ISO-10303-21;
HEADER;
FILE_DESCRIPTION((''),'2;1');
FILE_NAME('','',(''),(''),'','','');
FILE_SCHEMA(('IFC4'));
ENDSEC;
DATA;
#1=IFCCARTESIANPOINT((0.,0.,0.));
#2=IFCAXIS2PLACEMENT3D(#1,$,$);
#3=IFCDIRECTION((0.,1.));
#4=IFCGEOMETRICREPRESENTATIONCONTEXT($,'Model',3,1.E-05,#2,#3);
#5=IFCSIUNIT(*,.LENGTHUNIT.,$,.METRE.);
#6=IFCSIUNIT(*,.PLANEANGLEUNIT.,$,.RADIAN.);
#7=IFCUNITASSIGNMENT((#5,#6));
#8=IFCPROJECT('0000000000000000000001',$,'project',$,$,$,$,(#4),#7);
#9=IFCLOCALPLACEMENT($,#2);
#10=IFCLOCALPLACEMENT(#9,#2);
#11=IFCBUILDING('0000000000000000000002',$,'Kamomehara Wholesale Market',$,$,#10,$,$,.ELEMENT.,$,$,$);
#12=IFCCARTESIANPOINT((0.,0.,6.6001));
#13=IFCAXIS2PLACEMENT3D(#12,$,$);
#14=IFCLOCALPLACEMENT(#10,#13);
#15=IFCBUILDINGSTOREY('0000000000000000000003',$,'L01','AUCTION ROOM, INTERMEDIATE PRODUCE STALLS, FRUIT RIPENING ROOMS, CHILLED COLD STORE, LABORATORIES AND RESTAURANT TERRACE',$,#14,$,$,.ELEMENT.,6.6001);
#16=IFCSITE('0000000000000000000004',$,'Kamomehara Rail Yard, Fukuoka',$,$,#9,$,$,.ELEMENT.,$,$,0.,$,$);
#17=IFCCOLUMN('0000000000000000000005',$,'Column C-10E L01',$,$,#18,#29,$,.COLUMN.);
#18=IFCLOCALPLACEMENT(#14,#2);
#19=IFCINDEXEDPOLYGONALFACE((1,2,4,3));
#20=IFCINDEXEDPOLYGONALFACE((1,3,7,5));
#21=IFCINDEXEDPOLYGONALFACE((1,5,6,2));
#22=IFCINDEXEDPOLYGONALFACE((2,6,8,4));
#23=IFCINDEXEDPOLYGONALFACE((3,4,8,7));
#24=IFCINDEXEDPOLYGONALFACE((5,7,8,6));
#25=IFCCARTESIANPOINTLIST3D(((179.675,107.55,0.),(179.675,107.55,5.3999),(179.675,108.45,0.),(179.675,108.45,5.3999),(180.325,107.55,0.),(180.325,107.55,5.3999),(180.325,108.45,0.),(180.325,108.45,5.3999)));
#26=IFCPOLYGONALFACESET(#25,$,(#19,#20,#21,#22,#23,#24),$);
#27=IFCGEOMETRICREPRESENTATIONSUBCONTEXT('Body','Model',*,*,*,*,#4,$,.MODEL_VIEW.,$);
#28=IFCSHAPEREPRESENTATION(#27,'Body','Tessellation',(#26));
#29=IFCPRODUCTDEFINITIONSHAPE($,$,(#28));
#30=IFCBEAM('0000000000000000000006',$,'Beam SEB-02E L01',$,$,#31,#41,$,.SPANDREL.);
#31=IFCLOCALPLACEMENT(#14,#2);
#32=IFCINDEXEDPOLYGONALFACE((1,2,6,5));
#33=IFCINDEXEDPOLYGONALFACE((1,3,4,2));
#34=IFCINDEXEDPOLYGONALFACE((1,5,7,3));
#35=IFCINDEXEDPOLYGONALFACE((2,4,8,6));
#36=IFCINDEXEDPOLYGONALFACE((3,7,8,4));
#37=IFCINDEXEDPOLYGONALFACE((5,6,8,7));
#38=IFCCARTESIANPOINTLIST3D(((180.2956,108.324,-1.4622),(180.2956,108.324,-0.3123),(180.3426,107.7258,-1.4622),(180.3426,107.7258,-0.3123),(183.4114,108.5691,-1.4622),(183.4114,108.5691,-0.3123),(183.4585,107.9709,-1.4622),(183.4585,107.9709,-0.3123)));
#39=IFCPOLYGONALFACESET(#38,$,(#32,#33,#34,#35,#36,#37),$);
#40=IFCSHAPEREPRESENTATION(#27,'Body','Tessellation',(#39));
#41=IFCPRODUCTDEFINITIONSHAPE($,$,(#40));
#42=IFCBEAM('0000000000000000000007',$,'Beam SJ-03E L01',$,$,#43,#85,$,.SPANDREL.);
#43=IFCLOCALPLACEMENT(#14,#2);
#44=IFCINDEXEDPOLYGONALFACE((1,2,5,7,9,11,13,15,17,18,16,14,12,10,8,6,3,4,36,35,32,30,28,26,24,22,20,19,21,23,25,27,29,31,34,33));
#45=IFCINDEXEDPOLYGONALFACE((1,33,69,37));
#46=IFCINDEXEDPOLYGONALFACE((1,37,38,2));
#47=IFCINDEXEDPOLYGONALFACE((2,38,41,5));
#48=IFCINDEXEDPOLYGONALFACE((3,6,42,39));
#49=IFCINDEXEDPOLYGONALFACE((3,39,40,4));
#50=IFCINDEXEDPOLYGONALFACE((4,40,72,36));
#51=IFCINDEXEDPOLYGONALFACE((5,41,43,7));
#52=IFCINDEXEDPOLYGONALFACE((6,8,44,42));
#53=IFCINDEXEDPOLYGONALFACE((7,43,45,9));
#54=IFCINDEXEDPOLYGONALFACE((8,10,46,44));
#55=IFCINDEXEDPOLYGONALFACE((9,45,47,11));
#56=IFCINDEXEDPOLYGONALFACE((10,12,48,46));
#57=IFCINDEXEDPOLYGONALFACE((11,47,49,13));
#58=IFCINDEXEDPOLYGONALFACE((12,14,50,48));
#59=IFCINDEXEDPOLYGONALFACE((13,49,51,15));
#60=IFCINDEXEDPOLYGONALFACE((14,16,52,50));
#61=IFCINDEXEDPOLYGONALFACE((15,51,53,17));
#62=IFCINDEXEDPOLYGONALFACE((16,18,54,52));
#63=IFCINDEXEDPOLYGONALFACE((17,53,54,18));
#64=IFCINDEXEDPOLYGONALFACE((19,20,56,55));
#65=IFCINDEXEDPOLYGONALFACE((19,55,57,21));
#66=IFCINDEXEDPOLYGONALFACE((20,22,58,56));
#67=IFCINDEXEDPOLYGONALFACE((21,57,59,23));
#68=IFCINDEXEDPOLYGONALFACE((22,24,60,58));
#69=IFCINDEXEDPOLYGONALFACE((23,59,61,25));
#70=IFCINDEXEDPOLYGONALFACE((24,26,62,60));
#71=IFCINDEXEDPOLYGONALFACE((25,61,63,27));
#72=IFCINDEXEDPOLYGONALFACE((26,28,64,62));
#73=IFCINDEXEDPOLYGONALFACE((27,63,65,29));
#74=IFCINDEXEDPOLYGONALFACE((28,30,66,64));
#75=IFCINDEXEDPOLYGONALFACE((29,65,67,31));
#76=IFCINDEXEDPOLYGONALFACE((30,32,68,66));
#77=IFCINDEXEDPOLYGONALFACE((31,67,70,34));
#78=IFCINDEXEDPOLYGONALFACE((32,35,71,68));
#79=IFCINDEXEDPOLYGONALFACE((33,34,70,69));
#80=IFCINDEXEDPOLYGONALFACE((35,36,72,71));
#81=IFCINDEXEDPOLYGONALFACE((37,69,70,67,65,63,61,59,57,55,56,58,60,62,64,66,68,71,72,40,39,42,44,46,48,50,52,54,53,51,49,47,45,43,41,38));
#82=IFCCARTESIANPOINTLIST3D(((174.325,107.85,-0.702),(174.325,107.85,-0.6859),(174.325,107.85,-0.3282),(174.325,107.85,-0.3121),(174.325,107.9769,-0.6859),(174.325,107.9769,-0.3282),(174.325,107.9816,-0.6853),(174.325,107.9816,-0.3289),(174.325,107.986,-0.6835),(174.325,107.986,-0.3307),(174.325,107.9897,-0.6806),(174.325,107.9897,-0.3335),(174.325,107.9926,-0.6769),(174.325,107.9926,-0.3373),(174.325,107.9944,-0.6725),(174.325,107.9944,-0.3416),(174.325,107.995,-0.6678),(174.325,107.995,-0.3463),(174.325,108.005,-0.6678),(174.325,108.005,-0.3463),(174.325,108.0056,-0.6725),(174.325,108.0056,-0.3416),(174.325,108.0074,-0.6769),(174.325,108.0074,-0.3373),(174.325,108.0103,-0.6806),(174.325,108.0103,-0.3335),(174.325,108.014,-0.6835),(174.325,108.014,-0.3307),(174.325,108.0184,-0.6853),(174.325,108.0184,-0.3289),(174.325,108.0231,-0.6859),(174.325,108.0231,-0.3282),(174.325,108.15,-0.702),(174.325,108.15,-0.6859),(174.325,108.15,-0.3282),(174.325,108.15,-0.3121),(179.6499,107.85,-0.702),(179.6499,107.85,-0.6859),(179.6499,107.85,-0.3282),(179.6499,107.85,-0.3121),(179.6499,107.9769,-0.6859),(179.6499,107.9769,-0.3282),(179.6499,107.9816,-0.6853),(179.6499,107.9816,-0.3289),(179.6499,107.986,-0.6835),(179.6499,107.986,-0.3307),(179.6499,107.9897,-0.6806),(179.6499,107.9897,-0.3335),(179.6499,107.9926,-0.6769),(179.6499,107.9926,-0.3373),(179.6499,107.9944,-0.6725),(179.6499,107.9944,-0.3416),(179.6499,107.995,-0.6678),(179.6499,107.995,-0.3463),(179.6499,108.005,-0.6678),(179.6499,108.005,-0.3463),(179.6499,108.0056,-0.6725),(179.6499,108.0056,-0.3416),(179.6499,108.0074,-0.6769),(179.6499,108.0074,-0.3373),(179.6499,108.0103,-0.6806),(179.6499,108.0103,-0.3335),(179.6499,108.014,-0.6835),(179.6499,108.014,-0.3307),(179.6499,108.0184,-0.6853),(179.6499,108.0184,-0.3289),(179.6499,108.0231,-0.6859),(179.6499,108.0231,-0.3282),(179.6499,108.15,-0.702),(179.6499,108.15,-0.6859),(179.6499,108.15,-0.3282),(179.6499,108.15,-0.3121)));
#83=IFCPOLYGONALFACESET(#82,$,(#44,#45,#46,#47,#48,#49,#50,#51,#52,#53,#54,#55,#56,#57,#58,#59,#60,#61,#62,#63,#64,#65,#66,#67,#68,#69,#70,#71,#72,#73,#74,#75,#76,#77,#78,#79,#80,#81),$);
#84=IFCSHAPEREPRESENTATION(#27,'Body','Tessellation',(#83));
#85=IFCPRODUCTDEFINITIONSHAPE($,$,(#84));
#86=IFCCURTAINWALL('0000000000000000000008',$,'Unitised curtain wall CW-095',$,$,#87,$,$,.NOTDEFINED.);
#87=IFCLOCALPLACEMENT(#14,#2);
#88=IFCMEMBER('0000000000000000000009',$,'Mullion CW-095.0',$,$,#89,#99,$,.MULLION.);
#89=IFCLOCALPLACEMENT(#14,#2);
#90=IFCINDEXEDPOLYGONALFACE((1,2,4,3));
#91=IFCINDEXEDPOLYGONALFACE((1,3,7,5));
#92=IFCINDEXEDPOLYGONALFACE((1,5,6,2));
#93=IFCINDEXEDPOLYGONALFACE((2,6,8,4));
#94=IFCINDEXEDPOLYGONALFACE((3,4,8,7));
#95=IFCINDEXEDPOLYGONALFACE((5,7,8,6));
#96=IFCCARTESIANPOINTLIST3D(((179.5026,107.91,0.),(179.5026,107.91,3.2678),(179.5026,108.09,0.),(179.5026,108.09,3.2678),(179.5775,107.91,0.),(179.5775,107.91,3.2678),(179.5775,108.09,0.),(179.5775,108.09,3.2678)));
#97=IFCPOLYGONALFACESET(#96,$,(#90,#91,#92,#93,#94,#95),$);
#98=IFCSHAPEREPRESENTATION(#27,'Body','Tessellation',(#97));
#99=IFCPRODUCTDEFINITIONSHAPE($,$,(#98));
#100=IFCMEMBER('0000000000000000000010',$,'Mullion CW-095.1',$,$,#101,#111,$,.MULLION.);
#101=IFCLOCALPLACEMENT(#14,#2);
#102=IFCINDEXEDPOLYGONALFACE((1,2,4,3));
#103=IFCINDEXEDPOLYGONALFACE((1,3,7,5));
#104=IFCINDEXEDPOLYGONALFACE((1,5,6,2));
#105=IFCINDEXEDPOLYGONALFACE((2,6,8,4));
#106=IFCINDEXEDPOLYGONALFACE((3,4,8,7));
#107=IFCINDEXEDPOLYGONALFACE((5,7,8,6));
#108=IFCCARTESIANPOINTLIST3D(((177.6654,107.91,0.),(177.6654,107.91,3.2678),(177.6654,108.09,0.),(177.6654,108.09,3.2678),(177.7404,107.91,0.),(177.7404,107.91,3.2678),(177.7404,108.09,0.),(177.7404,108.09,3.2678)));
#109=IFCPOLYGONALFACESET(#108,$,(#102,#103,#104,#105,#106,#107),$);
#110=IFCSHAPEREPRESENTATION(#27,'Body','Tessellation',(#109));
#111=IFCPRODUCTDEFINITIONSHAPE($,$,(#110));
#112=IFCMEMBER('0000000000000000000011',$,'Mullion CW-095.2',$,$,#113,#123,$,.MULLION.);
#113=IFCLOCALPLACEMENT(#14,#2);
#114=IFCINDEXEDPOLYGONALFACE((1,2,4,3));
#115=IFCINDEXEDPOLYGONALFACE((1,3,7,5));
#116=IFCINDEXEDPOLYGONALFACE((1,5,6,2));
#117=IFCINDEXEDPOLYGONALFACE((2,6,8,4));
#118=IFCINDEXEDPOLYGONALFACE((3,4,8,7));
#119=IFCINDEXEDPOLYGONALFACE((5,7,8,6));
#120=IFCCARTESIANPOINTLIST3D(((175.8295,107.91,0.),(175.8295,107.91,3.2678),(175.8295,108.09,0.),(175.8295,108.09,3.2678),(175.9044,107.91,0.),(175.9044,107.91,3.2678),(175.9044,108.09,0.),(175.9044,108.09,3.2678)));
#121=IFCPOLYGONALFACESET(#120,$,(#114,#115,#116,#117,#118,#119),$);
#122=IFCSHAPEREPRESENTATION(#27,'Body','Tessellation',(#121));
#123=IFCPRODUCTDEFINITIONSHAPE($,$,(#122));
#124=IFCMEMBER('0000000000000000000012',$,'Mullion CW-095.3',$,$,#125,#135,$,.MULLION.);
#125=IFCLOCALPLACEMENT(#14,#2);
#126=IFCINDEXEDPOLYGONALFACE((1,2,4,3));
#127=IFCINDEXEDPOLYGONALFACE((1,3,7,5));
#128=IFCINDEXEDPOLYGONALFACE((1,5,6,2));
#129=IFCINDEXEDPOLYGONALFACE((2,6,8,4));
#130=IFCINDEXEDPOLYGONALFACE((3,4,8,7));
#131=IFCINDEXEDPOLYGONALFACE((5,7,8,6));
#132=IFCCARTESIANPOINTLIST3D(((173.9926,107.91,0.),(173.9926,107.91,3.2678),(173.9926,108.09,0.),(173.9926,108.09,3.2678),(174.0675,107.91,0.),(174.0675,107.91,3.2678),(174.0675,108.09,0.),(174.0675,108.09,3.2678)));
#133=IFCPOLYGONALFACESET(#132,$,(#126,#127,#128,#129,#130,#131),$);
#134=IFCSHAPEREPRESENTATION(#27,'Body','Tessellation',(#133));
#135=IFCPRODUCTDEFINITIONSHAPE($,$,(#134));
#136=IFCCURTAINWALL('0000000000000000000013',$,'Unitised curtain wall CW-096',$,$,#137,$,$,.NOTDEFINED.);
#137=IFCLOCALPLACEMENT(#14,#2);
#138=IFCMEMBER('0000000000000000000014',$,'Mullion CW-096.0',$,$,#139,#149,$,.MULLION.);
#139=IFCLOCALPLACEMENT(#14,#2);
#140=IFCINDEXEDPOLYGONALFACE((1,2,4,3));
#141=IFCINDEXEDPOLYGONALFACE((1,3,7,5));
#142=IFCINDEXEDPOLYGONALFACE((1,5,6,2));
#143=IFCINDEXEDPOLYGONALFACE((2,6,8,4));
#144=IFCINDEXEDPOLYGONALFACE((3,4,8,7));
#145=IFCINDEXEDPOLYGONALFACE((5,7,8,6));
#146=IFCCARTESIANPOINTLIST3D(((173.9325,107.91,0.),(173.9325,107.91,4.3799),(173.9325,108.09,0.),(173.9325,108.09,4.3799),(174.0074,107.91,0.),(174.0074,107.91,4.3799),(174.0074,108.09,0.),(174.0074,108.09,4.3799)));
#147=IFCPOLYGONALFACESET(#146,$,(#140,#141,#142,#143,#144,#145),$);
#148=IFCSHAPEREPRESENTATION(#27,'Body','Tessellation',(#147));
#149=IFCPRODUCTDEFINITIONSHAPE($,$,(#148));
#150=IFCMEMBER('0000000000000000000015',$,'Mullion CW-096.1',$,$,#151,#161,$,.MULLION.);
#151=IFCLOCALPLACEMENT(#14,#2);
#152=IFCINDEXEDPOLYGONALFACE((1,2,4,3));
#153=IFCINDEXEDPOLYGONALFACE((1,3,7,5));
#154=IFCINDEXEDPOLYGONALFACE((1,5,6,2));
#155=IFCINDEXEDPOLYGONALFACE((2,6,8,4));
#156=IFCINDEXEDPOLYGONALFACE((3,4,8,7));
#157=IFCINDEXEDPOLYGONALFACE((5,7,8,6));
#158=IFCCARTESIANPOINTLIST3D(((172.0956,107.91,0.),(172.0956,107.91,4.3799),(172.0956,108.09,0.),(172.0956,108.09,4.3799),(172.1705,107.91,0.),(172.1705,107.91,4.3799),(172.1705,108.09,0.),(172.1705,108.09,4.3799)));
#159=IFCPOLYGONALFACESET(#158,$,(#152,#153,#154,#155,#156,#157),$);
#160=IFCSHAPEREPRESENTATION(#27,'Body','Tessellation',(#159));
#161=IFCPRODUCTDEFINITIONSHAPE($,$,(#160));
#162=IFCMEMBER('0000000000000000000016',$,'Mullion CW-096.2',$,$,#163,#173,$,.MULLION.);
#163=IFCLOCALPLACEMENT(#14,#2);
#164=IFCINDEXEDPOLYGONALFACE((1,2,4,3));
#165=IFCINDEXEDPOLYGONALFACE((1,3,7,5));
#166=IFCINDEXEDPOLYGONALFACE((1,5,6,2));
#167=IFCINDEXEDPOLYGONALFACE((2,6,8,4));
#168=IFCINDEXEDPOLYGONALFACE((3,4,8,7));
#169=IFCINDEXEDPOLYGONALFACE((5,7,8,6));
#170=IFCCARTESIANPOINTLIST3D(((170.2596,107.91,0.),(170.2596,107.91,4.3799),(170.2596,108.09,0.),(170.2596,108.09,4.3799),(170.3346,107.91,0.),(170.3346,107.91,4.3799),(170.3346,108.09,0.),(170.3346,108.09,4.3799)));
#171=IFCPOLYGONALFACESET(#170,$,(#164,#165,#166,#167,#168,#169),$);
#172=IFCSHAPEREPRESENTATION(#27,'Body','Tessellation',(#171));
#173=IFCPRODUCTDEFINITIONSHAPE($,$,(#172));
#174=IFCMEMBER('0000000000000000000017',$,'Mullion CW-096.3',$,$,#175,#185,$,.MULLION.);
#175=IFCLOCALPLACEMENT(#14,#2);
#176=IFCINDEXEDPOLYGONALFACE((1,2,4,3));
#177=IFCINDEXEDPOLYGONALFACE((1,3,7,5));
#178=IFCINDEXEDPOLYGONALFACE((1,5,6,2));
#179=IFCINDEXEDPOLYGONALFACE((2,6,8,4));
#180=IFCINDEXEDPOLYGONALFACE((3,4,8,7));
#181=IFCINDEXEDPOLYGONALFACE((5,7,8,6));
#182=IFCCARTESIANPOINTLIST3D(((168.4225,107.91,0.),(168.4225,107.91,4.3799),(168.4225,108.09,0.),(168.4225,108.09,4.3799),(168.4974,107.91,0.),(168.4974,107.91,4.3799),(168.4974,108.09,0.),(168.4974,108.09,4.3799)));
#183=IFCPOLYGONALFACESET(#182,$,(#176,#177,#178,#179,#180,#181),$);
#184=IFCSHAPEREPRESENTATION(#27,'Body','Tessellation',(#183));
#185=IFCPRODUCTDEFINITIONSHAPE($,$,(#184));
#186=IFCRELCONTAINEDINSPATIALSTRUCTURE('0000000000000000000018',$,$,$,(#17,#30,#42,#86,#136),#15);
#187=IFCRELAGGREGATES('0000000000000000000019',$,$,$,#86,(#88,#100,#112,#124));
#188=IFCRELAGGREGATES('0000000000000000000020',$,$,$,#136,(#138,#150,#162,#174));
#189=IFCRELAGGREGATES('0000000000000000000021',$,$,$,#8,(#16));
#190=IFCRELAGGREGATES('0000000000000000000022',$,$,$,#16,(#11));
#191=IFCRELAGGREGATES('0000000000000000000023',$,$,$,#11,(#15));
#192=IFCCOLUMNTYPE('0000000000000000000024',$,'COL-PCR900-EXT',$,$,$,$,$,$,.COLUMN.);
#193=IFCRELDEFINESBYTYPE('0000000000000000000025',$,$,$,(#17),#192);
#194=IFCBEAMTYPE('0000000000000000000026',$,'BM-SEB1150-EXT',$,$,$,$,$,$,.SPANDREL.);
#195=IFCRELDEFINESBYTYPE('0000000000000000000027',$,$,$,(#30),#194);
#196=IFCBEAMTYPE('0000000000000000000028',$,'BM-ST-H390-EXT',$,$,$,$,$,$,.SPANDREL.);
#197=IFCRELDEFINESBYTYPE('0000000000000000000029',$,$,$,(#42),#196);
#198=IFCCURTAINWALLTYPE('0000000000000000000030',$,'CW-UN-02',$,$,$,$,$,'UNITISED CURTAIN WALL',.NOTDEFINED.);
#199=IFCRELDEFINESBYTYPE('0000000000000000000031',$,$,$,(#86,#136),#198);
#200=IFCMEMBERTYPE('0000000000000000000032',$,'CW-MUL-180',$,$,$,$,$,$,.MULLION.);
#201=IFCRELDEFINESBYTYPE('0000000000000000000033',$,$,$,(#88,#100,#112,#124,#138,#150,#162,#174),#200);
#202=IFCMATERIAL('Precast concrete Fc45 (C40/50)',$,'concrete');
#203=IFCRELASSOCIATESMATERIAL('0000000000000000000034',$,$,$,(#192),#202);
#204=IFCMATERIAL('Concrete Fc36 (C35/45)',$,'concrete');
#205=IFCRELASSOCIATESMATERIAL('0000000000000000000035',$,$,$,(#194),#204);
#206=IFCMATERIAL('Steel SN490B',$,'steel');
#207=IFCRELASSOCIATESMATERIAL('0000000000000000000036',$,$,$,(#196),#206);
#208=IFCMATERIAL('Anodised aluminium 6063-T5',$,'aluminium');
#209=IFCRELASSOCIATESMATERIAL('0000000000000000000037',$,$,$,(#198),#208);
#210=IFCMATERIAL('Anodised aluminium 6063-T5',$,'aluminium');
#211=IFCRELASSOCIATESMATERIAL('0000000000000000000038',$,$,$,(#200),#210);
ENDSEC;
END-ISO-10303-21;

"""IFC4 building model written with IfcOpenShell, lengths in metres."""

from ifc_helpers import new_model, si_unit, direction, frame, origin, origin_2d, place, context, subcontext, project, spatial, rectangle, i_section, extrude, material, material_profile, profile_set, type_object, element, aggregate, save


model = new_model("IFC4")

# Units and contexts
model_context = context("Model", 3, precision=1e-05, world=origin(), true_north=direction((0.0, 1.0)))
body_context = subcontext(model_context, "Body", "Model", "MODEL_VIEW")
ifc_project = project(units=[si_unit("LENGTHUNIT", "METRE"), si_unit("PLANEANGLEUNIT", "RADIAN")], contexts=[model_context])

# Site, building, storey
site_placement = place(None, origin())
site = spatial("IfcSite", under=ifc_project, at=site_placement, Name="Kamomehara Rail Yard, Fukuoka", CompositionType="ELEMENT", RefElevation=0.0)
building_placement = place(site_placement, origin())
building = spatial("IfcBuilding", under=site, at=building_placement, Name="Kamomehara Wholesale Market", CompositionType="ELEMENT")
storey_placement = place(building_placement, frame((0.0, 0.0, 6.6001)))
storey = spatial("IfcBuildingStorey", under=building, at=storey_placement, Name="L01", Description="AUCTION ROOM, INTERMEDIATE PRODUCE STALLS, FRUIT RIPENING ROOMS, CHILLED COLD STORE, LABORATORIES AND RESTAURANT TERRACE", CompositionType="ELEMENT", Elevation=6.6001)

# Column
ifc_material_1 = material(Name="Precast concrete Fc45 (C40/50)", Category="concrete")
ifc_material_profile_1 = material_profile(ifc_material_1, rectangle(XDim=0.6499, YDim=0.8999, at=origin_2d()), Name="PC-COL-650x900")
ifc_profile_set_1 = profile_set([ifc_material_profile_1], Name="Precast concrete Fc45 (C40/50)")
column_type = type_object("IfcColumnType", Name="COL-PCR900-EXT", PredefinedType="COLUMN", material=ifc_profile_set_1)
column_placement = place(storey_placement, frame((180.0, 108.0, 0.0), z_axis=(0.0, 0.0, 1.0), x_axis=(1.0, 0.0, 0.0)))
element("IfcColumn", 1, at=column_placement, inside=storey, type_object=column_type, Name="Column C-10E L01", PredefinedType="COLUMN", context=body_context, shape_type="SweptSolid", body=[
    extrude(rectangle(XDim=0.6499, YDim=0.8999, at=origin_2d()), origin(), (0.0, 0.0, 1.0), 5.3999),
])

# Beams
ifc_material_2 = material(Name="Concrete Fc36 (C35/45)", Category="concrete")
ifc_material_profile_2 = material_profile(ifc_material_2, rectangle(XDim=0.6001, YDim=1.1499, at=origin_2d()), Name="RC-SEB-600x1150")
ifc_profile_set_2 = profile_set([ifc_material_profile_2], Name="Concrete Fc36 (C35/45)")
beam_type_1 = type_object("IfcBeamType", Name="BM-SEB1150-EXT", PredefinedType="SPANDREL", material=ifc_profile_set_2)
beam_1_placement = place(storey_placement, frame((180.3191, 108.0249, -0.8872), z_axis=(0.99692, 0.078423, 0.0), x_axis=(-0.078423, 0.99692, 0.0)))
element("IfcBeam", 2, at=beam_1_placement, inside=storey, type_object=beam_type_1, Name="Beam SEB-02E L01", PredefinedType="SPANDREL", context=body_context, shape_type="SweptSolid", body=[
    extrude(rectangle(XDim=0.6001, YDim=1.1499, at=origin_2d()), origin(), (0.0, 0.0, 1.0), 3.1255),
])
ifc_material_3 = material(Name="Steel SN490B", Category="steel")
ifc_material_profile_3 = material_profile(ifc_material_3, i_section(OverallWidth=0.3, OverallDepth=0.3899, WebThickness=0.01, FlangeThickness=0.0161, FilletRadius=0.0181, at=origin_2d()), Name="H-390x300x10x16")
ifc_profile_set_3 = profile_set([ifc_material_profile_3], Name="Steel SN490B")
beam_type_2 = type_object("IfcBeamType", Name="BM-ST-H390-EXT", PredefinedType="SPANDREL", material=ifc_profile_set_3)
beam_2_placement = place(storey_placement, frame((174.325, 108.0, -0.5071), z_axis=(1.0, 0.0, 0.0), x_axis=(0.0, 1.0, 0.0)))
element("IfcBeam", 3, at=beam_2_placement, inside=storey, type_object=beam_type_2, Name="Beam SJ-03E L01", PredefinedType="SPANDREL", context=body_context, shape_type="SweptSolid", body=[
    extrude(i_section(OverallWidth=0.3, OverallDepth=0.3899, WebThickness=0.01, FlangeThickness=0.0161, FilletRadius=0.0181, at=origin_2d()), origin(), (0.0, 0.0, 1.0), 5.325),
])

# Curtain walls, members
ifc_material_4 = material(Name="Anodised aluminium 6063-T5", Category="aluminium")
curtain_wall_type_1 = type_object("IfcCurtainWallType", Name="CW-UN-02", ElementType="UNITISED CURTAIN WALL", PredefinedType="NOTDEFINED", material=ifc_material_4)
curtain_wall_1_placement = place(storey_placement, origin())
curtain_wall_1 = element("IfcCurtainWall", 4, at=curtain_wall_1_placement, inside=storey, type_object=curtain_wall_type_1, Name="Unitised curtain wall CW-095", PredefinedType="NOTDEFINED")
ifc_material_5 = material(Name="Anodised aluminium 6063-T5", Category="aluminium")
ifc_material_profile_4 = material_profile(ifc_material_5, rectangle(XDim=0.075, YDim=0.1799, at=origin_2d()), Name="ALU-MUL-75x180")
ifc_profile_set_4 = profile_set([ifc_material_profile_4], Name="Anodised aluminium 6063-T5")
member_type_1 = type_object("IfcMemberType", Name="CW-MUL-180", PredefinedType="MULLION", material=ifc_profile_set_4)
member_1_placement = place(storey_placement, frame((179.54, 108.0, 0.0), z_axis=(0.0, 0.0, 1.0), x_axis=(-1.0, 0.0, 0.0)))
member_1 = element("IfcMember", 5, at=member_1_placement, type_object=member_type_1, Name="Mullion CW-095.0", PredefinedType="MULLION", context=body_context, shape_type="SweptSolid", body=[
    extrude(rectangle(XDim=0.075, YDim=0.1799, at=origin_2d()), origin(), (0.0, 0.0, 1.0), 3.2678),
])
member_2_placement = place(storey_placement, frame((177.7029, 108.0, 0.0), z_axis=(0.0, 0.0, 1.0), x_axis=(-1.0, 0.0, 0.0)))
member_2 = element("IfcMember", 6, at=member_2_placement, type_object=member_type_1, Name="Mullion CW-095.1", PredefinedType="MULLION", context=body_context, shape_type="SweptSolid", body=[
    extrude(rectangle(XDim=0.075, YDim=0.1799, at=origin_2d()), origin(), (0.0, 0.0, 1.0), 3.2678),
])
member_3_placement = place(storey_placement, frame((175.8669, 108.0, 0.0), z_axis=(0.0, 0.0, 1.0), x_axis=(-1.0, 0.0, 0.0)))
member_3 = element("IfcMember", 7, at=member_3_placement, type_object=member_type_1, Name="Mullion CW-095.2", PredefinedType="MULLION", context=body_context, shape_type="SweptSolid", body=[
    extrude(rectangle(XDim=0.075, YDim=0.1799, at=origin_2d()), origin(), (0.0, 0.0, 1.0), 3.2678),
])
member_4_placement = place(storey_placement, frame((174.03, 108.0, 0.0), z_axis=(0.0, 0.0, 1.0), x_axis=(-1.0, 0.0, 0.0)))
member_4 = element("IfcMember", 8, at=member_4_placement, type_object=member_type_1, Name="Mullion CW-095.3", PredefinedType="MULLION", context=body_context, shape_type="SweptSolid", body=[
    extrude(rectangle(XDim=0.075, YDim=0.1799, at=origin_2d()), origin(), (0.0, 0.0, 1.0), 3.2678),
])
curtain_wall_2_placement = place(storey_placement, origin())
curtain_wall_2 = element("IfcCurtainWall", 9, at=curtain_wall_2_placement, inside=storey, type_object=curtain_wall_type_1, Name="Unitised curtain wall CW-096", PredefinedType="NOTDEFINED")
member_5_placement = place(storey_placement, frame((173.97, 108.0, 0.0), z_axis=(0.0, 0.0, 1.0), x_axis=(-1.0, 0.0, 0.0)))
member_5 = element("IfcMember", 10, at=member_5_placement, type_object=member_type_1, Name="Mullion CW-096.0", PredefinedType="MULLION", context=body_context, shape_type="SweptSolid", body=[
    extrude(rectangle(XDim=0.075, YDim=0.1799, at=origin_2d()), origin(), (0.0, 0.0, 1.0), 4.3799),
])
member_6_placement = place(storey_placement, frame((172.1331, 108.0, 0.0), z_axis=(0.0, 0.0, 1.0), x_axis=(-1.0, 0.0, 0.0)))
member_6 = element("IfcMember", 11, at=member_6_placement, type_object=member_type_1, Name="Mullion CW-096.1", PredefinedType="MULLION", context=body_context, shape_type="SweptSolid", body=[
    extrude(rectangle(XDim=0.075, YDim=0.1799, at=origin_2d()), origin(), (0.0, 0.0, 1.0), 4.3799),
])
member_7_placement = place(storey_placement, frame((170.2971, 108.0, 0.0), z_axis=(0.0, 0.0, 1.0), x_axis=(-1.0, 0.0, 0.0)))
member_7 = element("IfcMember", 12, at=member_7_placement, type_object=member_type_1, Name="Mullion CW-096.2", PredefinedType="MULLION", context=body_context, shape_type="SweptSolid", body=[
    extrude(rectangle(XDim=0.075, YDim=0.1799, at=origin_2d()), origin(), (0.0, 0.0, 1.0), 4.3799),
])
member_8_placement = place(storey_placement, frame((168.46, 108.0, 0.0), z_axis=(0.0, 0.0, 1.0), x_axis=(-1.0, 0.0, 0.0)))
member_8 = element("IfcMember", 13, at=member_8_placement, type_object=member_type_1, Name="Mullion CW-096.3", PredefinedType="MULLION", context=body_context, shape_type="SweptSolid", body=[
    extrude(rectangle(XDim=0.075, YDim=0.1799, at=origin_2d()), origin(), (0.0, 0.0, 1.0), 4.3799),
])

aggregate(curtain_wall_1, [member_1, member_2, member_3, member_4])
aggregate(curtain_wall_2, [member_5, member_6, member_7, member_8])

save(model, "model.ifc")
